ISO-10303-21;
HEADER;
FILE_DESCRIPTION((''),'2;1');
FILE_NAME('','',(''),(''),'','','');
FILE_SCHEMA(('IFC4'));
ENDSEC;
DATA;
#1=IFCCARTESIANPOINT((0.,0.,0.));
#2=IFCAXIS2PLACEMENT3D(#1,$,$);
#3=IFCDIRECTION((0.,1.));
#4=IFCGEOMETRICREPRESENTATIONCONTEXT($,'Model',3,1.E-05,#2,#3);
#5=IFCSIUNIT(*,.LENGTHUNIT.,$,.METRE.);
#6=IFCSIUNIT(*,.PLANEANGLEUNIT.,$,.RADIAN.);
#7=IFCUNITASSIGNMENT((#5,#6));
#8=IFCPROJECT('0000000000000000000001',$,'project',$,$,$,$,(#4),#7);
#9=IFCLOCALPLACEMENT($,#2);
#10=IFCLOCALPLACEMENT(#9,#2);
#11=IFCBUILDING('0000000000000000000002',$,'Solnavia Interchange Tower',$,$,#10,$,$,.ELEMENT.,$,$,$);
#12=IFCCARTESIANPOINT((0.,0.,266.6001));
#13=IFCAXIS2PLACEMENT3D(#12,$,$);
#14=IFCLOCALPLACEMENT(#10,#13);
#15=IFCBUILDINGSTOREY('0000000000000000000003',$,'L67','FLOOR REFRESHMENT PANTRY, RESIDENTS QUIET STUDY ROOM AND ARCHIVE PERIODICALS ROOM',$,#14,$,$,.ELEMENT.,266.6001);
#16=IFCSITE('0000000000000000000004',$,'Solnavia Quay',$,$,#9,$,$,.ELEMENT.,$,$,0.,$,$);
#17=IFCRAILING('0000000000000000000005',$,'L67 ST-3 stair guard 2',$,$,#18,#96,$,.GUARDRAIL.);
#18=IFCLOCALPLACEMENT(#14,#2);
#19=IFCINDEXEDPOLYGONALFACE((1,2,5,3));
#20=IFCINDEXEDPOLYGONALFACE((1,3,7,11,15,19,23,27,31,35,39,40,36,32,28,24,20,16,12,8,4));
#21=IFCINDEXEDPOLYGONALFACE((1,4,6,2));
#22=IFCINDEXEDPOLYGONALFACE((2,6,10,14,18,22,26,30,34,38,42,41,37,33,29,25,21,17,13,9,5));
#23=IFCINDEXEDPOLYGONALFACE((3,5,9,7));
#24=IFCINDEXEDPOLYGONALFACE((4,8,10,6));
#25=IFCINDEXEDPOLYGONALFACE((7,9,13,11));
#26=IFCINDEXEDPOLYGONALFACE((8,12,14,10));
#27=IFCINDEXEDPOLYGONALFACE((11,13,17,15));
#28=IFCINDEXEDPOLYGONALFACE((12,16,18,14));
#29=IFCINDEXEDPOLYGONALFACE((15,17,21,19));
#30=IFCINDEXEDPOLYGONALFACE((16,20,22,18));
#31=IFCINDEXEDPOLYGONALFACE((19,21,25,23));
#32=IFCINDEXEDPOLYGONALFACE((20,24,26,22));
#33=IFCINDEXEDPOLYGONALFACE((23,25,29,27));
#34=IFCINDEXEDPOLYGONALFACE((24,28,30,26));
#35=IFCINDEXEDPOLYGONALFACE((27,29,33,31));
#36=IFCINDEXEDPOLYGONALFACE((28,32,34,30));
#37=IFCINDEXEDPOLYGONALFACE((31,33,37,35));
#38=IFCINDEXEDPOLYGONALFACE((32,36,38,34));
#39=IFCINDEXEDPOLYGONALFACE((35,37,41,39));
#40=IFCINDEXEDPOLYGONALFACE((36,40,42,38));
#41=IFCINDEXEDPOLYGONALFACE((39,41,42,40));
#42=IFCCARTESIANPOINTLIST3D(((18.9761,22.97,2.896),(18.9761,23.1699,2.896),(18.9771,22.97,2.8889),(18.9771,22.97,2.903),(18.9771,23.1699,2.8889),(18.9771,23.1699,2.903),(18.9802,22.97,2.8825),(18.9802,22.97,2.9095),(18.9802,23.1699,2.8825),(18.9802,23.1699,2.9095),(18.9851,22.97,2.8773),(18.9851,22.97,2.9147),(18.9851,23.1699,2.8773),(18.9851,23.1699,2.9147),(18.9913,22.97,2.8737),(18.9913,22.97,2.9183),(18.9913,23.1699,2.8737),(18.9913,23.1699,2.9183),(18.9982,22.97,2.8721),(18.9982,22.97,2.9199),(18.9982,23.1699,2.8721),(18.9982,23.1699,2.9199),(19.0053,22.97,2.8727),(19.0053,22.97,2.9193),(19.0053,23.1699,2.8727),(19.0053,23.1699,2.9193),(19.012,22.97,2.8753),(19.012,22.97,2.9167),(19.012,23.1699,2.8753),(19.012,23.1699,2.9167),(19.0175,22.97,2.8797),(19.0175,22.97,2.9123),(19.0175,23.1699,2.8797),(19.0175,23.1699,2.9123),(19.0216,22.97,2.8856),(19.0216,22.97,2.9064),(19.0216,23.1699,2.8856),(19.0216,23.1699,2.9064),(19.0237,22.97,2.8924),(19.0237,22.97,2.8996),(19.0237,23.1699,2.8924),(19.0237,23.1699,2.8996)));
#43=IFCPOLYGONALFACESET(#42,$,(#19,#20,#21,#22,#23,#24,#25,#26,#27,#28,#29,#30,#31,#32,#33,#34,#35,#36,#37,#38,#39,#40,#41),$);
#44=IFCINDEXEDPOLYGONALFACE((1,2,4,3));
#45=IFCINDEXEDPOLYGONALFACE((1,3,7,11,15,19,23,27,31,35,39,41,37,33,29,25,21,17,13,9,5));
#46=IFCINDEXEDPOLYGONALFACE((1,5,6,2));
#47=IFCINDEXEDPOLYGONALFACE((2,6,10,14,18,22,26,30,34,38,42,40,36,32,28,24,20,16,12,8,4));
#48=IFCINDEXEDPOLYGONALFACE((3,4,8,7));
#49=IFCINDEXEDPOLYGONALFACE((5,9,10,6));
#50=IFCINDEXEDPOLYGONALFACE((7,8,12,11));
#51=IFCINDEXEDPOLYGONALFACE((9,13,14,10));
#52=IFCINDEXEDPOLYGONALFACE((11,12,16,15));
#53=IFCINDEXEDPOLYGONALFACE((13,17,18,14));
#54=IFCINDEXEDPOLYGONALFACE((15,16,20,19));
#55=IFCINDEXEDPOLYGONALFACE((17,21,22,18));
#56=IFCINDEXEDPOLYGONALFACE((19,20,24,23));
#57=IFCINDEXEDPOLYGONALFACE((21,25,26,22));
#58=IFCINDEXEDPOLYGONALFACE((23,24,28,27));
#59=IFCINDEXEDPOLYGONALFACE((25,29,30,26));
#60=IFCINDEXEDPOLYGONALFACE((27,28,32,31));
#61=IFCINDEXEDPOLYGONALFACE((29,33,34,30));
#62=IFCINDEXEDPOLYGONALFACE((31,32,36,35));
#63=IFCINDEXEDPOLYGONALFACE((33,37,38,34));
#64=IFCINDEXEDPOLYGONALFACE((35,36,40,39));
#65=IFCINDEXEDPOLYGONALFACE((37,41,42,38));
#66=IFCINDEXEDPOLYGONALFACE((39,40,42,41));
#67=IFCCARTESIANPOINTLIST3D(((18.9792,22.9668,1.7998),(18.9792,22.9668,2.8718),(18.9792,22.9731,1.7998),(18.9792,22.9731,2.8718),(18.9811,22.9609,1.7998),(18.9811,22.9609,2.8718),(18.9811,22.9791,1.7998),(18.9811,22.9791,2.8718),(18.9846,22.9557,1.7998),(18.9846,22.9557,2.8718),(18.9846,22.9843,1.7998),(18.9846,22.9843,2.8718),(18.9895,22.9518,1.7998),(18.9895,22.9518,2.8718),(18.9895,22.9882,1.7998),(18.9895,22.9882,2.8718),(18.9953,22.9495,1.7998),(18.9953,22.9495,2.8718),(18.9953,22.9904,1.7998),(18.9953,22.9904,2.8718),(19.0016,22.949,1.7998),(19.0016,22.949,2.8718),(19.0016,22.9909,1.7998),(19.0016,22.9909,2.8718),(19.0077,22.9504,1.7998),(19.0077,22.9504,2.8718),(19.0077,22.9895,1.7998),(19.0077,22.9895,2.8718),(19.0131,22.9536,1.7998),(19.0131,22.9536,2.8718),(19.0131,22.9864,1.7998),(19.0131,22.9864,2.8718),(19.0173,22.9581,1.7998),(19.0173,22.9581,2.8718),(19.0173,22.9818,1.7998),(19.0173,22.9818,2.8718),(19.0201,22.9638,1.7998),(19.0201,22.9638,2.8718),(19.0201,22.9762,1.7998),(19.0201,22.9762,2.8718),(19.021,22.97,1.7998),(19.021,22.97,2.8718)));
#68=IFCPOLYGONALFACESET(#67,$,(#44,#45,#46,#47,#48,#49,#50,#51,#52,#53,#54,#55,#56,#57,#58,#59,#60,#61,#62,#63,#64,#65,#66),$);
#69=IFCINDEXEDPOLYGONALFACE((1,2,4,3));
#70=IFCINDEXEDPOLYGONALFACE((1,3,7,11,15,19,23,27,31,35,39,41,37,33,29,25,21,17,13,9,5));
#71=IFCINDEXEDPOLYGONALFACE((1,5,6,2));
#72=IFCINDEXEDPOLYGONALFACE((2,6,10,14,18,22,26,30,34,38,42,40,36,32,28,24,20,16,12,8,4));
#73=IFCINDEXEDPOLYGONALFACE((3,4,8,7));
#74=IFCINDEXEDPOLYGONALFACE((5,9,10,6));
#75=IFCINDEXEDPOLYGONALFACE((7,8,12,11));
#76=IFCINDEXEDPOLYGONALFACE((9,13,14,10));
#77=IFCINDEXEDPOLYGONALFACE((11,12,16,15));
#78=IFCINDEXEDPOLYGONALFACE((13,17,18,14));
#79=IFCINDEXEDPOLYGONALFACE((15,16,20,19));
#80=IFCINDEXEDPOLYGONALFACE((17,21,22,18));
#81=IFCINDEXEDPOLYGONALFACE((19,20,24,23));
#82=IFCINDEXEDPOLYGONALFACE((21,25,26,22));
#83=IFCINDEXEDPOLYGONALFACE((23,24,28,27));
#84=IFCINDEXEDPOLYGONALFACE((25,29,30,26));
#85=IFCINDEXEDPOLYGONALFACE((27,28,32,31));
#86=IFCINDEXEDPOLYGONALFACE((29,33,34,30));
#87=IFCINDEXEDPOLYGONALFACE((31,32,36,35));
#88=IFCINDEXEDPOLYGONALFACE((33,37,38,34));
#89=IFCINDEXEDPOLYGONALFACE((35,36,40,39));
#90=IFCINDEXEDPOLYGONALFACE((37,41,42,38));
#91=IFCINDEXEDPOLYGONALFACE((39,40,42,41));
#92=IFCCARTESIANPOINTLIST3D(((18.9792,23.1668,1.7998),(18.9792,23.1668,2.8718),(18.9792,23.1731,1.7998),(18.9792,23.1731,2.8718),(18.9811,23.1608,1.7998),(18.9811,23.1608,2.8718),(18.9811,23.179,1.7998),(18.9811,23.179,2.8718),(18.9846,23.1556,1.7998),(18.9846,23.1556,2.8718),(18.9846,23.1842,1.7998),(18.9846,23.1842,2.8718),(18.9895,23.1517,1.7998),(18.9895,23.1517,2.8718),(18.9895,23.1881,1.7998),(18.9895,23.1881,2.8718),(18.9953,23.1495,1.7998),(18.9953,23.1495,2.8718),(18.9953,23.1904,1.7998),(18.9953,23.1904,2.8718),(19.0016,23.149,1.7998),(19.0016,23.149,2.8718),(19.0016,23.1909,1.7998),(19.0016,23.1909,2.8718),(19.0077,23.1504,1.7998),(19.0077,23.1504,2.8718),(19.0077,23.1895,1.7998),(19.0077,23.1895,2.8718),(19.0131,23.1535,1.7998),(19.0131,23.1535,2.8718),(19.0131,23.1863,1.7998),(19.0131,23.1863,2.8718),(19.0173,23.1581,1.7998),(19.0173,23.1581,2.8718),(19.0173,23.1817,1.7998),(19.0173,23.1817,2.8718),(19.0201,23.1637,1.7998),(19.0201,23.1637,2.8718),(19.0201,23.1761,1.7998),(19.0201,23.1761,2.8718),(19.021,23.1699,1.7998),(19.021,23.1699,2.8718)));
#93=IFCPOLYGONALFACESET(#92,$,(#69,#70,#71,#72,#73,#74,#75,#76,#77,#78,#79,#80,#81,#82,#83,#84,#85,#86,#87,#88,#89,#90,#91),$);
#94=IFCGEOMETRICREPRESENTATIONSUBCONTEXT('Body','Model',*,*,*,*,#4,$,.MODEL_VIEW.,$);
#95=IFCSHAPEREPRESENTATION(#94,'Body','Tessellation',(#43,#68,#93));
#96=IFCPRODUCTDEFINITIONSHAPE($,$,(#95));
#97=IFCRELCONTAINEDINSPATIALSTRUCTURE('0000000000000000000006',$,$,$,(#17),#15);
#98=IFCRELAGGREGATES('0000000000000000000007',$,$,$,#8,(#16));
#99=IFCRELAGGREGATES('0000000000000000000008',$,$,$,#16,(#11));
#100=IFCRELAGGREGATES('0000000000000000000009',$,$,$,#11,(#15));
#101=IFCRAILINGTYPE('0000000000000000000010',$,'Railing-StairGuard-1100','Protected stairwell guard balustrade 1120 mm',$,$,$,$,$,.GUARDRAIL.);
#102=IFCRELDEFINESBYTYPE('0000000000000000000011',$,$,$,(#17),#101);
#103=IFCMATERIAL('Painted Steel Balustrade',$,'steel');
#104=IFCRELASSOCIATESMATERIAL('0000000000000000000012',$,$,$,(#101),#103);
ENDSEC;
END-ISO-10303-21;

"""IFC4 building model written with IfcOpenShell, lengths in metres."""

from ifc_helpers import new_model, si_unit, direction, frame, origin, origin_2d, place, context, subcontext, project, spatial, circle, extrude, material, type_object, element, save


model = new_model("IFC4")

# Units and contexts
model_context = context("Model", 3, precision=1e-05, world=origin(), true_north=direction((0.0, 1.0)))
body_context = subcontext(model_context, "Body", "Model", "MODEL_VIEW")
ifc_project = project(units=[si_unit("LENGTHUNIT", "METRE"), si_unit("PLANEANGLEUNIT", "RADIAN")], contexts=[model_context])

# Site, building, storey
site_placement = place(None, origin())
site = spatial("IfcSite", under=ifc_project, at=site_placement, Name="Solnavia Quay", CompositionType="ELEMENT", RefElevation=0.0)
building_placement = place(site_placement, origin())
building = spatial("IfcBuilding", under=site, at=building_placement, Name="Solnavia Interchange Tower", CompositionType="ELEMENT")
storey_placement = place(building_placement, frame((0.0, 0.0, 266.6001)))
storey = spatial("IfcBuildingStorey", under=building, at=storey_placement, Name="L67", Description="FLOOR REFRESHMENT PANTRY, RESIDENTS QUIET STUDY ROOM AND ARCHIVE PERIODICALS ROOM", CompositionType="ELEMENT", Elevation=266.6001)

# Railing
ifc_material_1 = material(Name="Painted Steel Balustrade", Category="steel")
railing_type_1 = type_object("IfcRailingType", Name="Railing-StairGuard-1100", Description="Protected stairwell guard balustrade 1120 mm", PredefinedType="GUARDRAIL", material=ifc_material_1)
railing_1_placement = place(storey_placement, frame((19.0, 22.97, 1.7998)))
element("IfcRailing", 1, at=railing_1_placement, inside=storey, type_object=railing_type_1, Name="L67 ST-3 stair guard 2", PredefinedType="GUARDRAIL", context=body_context, shape_type="SweptSolid", body=[
    extrude(circle(Radius=0.0239, at=origin_2d()), frame((0.0, 0.0, 1.0962), z_axis=(0.0, 1.0, 0.0), x_axis=(-1.0, 0.0, 0.0)), (0.0, 0.0, 1.0), 0.2),
    extrude(circle(Radius=0.021, at=origin_2d()), origin(), (0.0, 0.0, 1.0), 1.072),
    extrude(circle(Radius=0.021, at=origin_2d()), frame((0.0, 0.2, 0.0)), (0.0, 0.0, 1.0), 1.072),
])

save(model, "model.ifc")
